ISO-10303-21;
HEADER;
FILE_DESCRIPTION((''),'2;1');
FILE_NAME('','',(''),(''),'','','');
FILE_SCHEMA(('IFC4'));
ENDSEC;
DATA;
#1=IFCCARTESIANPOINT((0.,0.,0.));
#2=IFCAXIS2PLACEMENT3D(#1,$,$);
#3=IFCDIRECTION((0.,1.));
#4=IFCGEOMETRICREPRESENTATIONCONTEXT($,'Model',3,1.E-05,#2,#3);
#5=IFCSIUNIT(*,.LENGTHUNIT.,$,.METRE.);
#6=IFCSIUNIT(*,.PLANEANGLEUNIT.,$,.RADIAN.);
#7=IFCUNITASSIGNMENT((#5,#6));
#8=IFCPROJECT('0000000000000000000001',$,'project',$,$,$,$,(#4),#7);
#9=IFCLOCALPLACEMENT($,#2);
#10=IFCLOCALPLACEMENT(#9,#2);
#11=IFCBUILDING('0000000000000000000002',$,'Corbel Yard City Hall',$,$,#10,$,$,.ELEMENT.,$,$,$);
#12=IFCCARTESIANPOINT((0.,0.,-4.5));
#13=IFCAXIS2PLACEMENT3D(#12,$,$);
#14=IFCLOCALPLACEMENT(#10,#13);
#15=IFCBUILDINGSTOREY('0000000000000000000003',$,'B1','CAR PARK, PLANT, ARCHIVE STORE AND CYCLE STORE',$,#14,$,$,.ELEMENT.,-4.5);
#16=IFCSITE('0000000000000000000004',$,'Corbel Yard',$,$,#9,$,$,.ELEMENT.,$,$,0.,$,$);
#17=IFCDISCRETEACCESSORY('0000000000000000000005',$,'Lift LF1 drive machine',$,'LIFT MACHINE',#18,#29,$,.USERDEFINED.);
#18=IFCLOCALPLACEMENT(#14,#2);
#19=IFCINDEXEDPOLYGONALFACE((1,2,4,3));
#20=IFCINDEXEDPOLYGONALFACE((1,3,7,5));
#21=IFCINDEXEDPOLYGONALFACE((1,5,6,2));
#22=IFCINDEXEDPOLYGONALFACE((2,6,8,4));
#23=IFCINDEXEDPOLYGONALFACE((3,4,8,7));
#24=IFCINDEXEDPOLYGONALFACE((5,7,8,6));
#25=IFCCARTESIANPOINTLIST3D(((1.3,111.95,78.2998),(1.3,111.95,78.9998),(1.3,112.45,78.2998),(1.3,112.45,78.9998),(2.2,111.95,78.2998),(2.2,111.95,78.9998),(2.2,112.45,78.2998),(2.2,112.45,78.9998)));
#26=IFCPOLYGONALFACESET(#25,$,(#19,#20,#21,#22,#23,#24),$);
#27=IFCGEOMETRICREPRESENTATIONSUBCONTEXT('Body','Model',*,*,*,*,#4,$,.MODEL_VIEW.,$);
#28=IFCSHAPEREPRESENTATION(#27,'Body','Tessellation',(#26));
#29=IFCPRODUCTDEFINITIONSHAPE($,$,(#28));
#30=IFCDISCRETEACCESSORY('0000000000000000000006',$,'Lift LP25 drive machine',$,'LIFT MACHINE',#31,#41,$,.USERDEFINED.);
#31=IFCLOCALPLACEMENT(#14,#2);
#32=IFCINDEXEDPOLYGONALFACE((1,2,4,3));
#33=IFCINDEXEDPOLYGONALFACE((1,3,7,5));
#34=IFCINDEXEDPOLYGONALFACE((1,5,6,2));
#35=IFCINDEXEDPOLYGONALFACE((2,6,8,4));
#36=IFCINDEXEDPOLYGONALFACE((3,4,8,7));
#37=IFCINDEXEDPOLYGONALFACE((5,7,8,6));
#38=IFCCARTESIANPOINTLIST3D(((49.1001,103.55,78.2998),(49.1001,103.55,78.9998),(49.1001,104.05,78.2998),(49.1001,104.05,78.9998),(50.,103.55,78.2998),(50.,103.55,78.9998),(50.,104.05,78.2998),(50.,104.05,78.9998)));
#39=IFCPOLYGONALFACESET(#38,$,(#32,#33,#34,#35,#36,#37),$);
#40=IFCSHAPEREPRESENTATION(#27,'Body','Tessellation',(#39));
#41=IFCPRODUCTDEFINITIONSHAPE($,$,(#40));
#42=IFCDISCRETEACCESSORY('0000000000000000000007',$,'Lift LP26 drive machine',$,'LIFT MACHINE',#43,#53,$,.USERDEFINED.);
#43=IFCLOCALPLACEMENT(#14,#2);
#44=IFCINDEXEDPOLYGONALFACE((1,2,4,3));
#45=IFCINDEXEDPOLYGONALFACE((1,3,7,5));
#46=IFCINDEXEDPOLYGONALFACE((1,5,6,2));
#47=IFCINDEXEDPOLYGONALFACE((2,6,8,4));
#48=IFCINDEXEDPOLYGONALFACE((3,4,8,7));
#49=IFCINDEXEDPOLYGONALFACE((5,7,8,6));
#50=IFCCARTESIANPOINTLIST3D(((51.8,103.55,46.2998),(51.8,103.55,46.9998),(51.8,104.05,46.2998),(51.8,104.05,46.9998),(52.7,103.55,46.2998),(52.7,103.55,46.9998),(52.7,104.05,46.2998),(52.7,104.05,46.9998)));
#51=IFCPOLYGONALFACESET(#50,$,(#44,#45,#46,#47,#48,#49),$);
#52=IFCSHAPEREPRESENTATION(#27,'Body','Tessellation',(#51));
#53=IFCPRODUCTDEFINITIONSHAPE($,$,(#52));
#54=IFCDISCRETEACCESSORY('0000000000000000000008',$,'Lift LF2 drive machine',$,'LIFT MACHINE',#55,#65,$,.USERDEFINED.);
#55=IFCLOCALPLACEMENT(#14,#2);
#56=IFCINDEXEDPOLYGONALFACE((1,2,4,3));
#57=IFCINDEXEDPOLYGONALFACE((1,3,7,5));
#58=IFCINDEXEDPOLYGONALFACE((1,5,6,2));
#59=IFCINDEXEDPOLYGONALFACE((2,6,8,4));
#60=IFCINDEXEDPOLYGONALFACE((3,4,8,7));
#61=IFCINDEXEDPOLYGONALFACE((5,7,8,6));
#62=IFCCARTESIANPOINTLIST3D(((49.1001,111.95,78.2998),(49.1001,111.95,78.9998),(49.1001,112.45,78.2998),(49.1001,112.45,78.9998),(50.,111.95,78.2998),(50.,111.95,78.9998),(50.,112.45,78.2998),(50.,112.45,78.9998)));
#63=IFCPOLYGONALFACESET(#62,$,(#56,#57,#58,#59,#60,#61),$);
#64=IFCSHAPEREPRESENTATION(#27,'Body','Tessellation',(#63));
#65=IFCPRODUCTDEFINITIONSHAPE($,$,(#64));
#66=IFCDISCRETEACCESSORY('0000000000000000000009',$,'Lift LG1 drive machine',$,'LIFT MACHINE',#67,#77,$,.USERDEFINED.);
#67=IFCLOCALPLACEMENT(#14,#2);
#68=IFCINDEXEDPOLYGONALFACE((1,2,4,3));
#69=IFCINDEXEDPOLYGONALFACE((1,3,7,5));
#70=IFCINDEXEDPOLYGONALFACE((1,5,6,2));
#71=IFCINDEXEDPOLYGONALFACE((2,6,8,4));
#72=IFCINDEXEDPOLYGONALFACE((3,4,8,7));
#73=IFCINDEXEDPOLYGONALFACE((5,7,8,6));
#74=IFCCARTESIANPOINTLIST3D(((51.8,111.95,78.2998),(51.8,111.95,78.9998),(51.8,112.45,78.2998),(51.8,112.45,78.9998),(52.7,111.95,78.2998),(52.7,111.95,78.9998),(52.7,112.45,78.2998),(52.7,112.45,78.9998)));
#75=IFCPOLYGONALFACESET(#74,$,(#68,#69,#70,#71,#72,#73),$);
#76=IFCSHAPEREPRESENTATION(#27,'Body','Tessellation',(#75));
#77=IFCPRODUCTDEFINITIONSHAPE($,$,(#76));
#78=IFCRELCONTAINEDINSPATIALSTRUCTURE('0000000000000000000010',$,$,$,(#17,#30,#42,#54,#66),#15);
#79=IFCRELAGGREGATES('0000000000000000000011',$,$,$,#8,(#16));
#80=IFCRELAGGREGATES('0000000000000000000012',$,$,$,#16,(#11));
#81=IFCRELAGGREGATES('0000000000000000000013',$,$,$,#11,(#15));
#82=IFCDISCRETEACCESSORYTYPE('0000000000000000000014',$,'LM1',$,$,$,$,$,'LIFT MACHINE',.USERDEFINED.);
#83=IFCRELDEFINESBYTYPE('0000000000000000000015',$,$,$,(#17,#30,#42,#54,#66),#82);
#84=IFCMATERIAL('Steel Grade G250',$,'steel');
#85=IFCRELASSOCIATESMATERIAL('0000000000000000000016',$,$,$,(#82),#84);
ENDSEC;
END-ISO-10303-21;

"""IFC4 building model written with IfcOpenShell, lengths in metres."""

from ifc_helpers import new_model, si_unit, direction, frame, origin, origin_2d, place, context, subcontext, project, spatial, rectangle, extrude, material, type_object, element, save


model = new_model("IFC4")

# Units and contexts
model_context = context("Model", 3, precision=1e-05, world=origin(), true_north=direction((0.0, 1.0)))
body_context = subcontext(model_context, "Body", "Model", "MODEL_VIEW")
ifc_project = project(units=[si_unit("LENGTHUNIT", "METRE"), si_unit("PLANEANGLEUNIT", "RADIAN")], contexts=[model_context])

# Site, building, storey
site_placement = place(None, origin())
site = spatial("IfcSite", under=ifc_project, at=site_placement, Name="Corbel Yard", CompositionType="ELEMENT", RefElevation=0.0)
building_placement = place(site_placement, origin())
building = spatial("IfcBuilding", under=site, at=building_placement, Name="Corbel Yard City Hall", CompositionType="ELEMENT")
storey_placement = place(building_placement, frame((0.0, 0.0, -4.5)))
storey = spatial("IfcBuildingStorey", under=building, at=storey_placement, Name="B1", Description="CAR PARK, PLANT, ARCHIVE STORE AND CYCLE STORE", CompositionType="ELEMENT", Elevation=-4.5)

# Discrete accessories
ifc_material_1 = material(Name="Steel Grade G250", Category="steel")
discrete_accessory_type = type_object("IfcDiscreteAccessoryType", Name="LM1", ElementType="LIFT MACHINE", PredefinedType="USERDEFINED", material=ifc_material_1)
for number, where, z_axis, x_axis, name in (
    (1, (1.75, 112.2, 78.2998), (0.0, 0.0, 1.0), (1.0, 0.0, 0.0), "Lift LF1 drive machine"),
    (2, (49.55, 103.8, 78.2998), (0.0, 0.0, 1.0), (1.0, 0.0, 0.0), "Lift LP25 drive machine"),
    (3, (52.25, 103.8, 46.2998), (0.0, 0.0, 1.0), (1.0, 0.0, 0.0), "Lift LP26 drive machine"),
    (4, (49.55, 112.2, 78.2998), (0.0, 0.0, 1.0), (1.0, 0.0, 0.0), "Lift LF2 drive machine"),
    (5, (52.25, 112.2, 78.2998), (0.0, 0.0, 1.0), (1.0, 0.0, 0.0), "Lift LG1 drive machine"),
):
    element("IfcDiscreteAccessory", number, at=place(storey_placement, frame(where, z_axis=z_axis, x_axis=x_axis)), inside=storey, type_object=discrete_accessory_type, Name=name, ObjectType="LIFT MACHINE", PredefinedType="USERDEFINED", context=body_context, shape_type="SweptSolid", body=[
        extrude(rectangle(XDim=0.8999, YDim=0.5, at=origin_2d()), origin(), (0.0, 0.0, 1.0), 0.7),
    ])

save(model, "model.ifc")
